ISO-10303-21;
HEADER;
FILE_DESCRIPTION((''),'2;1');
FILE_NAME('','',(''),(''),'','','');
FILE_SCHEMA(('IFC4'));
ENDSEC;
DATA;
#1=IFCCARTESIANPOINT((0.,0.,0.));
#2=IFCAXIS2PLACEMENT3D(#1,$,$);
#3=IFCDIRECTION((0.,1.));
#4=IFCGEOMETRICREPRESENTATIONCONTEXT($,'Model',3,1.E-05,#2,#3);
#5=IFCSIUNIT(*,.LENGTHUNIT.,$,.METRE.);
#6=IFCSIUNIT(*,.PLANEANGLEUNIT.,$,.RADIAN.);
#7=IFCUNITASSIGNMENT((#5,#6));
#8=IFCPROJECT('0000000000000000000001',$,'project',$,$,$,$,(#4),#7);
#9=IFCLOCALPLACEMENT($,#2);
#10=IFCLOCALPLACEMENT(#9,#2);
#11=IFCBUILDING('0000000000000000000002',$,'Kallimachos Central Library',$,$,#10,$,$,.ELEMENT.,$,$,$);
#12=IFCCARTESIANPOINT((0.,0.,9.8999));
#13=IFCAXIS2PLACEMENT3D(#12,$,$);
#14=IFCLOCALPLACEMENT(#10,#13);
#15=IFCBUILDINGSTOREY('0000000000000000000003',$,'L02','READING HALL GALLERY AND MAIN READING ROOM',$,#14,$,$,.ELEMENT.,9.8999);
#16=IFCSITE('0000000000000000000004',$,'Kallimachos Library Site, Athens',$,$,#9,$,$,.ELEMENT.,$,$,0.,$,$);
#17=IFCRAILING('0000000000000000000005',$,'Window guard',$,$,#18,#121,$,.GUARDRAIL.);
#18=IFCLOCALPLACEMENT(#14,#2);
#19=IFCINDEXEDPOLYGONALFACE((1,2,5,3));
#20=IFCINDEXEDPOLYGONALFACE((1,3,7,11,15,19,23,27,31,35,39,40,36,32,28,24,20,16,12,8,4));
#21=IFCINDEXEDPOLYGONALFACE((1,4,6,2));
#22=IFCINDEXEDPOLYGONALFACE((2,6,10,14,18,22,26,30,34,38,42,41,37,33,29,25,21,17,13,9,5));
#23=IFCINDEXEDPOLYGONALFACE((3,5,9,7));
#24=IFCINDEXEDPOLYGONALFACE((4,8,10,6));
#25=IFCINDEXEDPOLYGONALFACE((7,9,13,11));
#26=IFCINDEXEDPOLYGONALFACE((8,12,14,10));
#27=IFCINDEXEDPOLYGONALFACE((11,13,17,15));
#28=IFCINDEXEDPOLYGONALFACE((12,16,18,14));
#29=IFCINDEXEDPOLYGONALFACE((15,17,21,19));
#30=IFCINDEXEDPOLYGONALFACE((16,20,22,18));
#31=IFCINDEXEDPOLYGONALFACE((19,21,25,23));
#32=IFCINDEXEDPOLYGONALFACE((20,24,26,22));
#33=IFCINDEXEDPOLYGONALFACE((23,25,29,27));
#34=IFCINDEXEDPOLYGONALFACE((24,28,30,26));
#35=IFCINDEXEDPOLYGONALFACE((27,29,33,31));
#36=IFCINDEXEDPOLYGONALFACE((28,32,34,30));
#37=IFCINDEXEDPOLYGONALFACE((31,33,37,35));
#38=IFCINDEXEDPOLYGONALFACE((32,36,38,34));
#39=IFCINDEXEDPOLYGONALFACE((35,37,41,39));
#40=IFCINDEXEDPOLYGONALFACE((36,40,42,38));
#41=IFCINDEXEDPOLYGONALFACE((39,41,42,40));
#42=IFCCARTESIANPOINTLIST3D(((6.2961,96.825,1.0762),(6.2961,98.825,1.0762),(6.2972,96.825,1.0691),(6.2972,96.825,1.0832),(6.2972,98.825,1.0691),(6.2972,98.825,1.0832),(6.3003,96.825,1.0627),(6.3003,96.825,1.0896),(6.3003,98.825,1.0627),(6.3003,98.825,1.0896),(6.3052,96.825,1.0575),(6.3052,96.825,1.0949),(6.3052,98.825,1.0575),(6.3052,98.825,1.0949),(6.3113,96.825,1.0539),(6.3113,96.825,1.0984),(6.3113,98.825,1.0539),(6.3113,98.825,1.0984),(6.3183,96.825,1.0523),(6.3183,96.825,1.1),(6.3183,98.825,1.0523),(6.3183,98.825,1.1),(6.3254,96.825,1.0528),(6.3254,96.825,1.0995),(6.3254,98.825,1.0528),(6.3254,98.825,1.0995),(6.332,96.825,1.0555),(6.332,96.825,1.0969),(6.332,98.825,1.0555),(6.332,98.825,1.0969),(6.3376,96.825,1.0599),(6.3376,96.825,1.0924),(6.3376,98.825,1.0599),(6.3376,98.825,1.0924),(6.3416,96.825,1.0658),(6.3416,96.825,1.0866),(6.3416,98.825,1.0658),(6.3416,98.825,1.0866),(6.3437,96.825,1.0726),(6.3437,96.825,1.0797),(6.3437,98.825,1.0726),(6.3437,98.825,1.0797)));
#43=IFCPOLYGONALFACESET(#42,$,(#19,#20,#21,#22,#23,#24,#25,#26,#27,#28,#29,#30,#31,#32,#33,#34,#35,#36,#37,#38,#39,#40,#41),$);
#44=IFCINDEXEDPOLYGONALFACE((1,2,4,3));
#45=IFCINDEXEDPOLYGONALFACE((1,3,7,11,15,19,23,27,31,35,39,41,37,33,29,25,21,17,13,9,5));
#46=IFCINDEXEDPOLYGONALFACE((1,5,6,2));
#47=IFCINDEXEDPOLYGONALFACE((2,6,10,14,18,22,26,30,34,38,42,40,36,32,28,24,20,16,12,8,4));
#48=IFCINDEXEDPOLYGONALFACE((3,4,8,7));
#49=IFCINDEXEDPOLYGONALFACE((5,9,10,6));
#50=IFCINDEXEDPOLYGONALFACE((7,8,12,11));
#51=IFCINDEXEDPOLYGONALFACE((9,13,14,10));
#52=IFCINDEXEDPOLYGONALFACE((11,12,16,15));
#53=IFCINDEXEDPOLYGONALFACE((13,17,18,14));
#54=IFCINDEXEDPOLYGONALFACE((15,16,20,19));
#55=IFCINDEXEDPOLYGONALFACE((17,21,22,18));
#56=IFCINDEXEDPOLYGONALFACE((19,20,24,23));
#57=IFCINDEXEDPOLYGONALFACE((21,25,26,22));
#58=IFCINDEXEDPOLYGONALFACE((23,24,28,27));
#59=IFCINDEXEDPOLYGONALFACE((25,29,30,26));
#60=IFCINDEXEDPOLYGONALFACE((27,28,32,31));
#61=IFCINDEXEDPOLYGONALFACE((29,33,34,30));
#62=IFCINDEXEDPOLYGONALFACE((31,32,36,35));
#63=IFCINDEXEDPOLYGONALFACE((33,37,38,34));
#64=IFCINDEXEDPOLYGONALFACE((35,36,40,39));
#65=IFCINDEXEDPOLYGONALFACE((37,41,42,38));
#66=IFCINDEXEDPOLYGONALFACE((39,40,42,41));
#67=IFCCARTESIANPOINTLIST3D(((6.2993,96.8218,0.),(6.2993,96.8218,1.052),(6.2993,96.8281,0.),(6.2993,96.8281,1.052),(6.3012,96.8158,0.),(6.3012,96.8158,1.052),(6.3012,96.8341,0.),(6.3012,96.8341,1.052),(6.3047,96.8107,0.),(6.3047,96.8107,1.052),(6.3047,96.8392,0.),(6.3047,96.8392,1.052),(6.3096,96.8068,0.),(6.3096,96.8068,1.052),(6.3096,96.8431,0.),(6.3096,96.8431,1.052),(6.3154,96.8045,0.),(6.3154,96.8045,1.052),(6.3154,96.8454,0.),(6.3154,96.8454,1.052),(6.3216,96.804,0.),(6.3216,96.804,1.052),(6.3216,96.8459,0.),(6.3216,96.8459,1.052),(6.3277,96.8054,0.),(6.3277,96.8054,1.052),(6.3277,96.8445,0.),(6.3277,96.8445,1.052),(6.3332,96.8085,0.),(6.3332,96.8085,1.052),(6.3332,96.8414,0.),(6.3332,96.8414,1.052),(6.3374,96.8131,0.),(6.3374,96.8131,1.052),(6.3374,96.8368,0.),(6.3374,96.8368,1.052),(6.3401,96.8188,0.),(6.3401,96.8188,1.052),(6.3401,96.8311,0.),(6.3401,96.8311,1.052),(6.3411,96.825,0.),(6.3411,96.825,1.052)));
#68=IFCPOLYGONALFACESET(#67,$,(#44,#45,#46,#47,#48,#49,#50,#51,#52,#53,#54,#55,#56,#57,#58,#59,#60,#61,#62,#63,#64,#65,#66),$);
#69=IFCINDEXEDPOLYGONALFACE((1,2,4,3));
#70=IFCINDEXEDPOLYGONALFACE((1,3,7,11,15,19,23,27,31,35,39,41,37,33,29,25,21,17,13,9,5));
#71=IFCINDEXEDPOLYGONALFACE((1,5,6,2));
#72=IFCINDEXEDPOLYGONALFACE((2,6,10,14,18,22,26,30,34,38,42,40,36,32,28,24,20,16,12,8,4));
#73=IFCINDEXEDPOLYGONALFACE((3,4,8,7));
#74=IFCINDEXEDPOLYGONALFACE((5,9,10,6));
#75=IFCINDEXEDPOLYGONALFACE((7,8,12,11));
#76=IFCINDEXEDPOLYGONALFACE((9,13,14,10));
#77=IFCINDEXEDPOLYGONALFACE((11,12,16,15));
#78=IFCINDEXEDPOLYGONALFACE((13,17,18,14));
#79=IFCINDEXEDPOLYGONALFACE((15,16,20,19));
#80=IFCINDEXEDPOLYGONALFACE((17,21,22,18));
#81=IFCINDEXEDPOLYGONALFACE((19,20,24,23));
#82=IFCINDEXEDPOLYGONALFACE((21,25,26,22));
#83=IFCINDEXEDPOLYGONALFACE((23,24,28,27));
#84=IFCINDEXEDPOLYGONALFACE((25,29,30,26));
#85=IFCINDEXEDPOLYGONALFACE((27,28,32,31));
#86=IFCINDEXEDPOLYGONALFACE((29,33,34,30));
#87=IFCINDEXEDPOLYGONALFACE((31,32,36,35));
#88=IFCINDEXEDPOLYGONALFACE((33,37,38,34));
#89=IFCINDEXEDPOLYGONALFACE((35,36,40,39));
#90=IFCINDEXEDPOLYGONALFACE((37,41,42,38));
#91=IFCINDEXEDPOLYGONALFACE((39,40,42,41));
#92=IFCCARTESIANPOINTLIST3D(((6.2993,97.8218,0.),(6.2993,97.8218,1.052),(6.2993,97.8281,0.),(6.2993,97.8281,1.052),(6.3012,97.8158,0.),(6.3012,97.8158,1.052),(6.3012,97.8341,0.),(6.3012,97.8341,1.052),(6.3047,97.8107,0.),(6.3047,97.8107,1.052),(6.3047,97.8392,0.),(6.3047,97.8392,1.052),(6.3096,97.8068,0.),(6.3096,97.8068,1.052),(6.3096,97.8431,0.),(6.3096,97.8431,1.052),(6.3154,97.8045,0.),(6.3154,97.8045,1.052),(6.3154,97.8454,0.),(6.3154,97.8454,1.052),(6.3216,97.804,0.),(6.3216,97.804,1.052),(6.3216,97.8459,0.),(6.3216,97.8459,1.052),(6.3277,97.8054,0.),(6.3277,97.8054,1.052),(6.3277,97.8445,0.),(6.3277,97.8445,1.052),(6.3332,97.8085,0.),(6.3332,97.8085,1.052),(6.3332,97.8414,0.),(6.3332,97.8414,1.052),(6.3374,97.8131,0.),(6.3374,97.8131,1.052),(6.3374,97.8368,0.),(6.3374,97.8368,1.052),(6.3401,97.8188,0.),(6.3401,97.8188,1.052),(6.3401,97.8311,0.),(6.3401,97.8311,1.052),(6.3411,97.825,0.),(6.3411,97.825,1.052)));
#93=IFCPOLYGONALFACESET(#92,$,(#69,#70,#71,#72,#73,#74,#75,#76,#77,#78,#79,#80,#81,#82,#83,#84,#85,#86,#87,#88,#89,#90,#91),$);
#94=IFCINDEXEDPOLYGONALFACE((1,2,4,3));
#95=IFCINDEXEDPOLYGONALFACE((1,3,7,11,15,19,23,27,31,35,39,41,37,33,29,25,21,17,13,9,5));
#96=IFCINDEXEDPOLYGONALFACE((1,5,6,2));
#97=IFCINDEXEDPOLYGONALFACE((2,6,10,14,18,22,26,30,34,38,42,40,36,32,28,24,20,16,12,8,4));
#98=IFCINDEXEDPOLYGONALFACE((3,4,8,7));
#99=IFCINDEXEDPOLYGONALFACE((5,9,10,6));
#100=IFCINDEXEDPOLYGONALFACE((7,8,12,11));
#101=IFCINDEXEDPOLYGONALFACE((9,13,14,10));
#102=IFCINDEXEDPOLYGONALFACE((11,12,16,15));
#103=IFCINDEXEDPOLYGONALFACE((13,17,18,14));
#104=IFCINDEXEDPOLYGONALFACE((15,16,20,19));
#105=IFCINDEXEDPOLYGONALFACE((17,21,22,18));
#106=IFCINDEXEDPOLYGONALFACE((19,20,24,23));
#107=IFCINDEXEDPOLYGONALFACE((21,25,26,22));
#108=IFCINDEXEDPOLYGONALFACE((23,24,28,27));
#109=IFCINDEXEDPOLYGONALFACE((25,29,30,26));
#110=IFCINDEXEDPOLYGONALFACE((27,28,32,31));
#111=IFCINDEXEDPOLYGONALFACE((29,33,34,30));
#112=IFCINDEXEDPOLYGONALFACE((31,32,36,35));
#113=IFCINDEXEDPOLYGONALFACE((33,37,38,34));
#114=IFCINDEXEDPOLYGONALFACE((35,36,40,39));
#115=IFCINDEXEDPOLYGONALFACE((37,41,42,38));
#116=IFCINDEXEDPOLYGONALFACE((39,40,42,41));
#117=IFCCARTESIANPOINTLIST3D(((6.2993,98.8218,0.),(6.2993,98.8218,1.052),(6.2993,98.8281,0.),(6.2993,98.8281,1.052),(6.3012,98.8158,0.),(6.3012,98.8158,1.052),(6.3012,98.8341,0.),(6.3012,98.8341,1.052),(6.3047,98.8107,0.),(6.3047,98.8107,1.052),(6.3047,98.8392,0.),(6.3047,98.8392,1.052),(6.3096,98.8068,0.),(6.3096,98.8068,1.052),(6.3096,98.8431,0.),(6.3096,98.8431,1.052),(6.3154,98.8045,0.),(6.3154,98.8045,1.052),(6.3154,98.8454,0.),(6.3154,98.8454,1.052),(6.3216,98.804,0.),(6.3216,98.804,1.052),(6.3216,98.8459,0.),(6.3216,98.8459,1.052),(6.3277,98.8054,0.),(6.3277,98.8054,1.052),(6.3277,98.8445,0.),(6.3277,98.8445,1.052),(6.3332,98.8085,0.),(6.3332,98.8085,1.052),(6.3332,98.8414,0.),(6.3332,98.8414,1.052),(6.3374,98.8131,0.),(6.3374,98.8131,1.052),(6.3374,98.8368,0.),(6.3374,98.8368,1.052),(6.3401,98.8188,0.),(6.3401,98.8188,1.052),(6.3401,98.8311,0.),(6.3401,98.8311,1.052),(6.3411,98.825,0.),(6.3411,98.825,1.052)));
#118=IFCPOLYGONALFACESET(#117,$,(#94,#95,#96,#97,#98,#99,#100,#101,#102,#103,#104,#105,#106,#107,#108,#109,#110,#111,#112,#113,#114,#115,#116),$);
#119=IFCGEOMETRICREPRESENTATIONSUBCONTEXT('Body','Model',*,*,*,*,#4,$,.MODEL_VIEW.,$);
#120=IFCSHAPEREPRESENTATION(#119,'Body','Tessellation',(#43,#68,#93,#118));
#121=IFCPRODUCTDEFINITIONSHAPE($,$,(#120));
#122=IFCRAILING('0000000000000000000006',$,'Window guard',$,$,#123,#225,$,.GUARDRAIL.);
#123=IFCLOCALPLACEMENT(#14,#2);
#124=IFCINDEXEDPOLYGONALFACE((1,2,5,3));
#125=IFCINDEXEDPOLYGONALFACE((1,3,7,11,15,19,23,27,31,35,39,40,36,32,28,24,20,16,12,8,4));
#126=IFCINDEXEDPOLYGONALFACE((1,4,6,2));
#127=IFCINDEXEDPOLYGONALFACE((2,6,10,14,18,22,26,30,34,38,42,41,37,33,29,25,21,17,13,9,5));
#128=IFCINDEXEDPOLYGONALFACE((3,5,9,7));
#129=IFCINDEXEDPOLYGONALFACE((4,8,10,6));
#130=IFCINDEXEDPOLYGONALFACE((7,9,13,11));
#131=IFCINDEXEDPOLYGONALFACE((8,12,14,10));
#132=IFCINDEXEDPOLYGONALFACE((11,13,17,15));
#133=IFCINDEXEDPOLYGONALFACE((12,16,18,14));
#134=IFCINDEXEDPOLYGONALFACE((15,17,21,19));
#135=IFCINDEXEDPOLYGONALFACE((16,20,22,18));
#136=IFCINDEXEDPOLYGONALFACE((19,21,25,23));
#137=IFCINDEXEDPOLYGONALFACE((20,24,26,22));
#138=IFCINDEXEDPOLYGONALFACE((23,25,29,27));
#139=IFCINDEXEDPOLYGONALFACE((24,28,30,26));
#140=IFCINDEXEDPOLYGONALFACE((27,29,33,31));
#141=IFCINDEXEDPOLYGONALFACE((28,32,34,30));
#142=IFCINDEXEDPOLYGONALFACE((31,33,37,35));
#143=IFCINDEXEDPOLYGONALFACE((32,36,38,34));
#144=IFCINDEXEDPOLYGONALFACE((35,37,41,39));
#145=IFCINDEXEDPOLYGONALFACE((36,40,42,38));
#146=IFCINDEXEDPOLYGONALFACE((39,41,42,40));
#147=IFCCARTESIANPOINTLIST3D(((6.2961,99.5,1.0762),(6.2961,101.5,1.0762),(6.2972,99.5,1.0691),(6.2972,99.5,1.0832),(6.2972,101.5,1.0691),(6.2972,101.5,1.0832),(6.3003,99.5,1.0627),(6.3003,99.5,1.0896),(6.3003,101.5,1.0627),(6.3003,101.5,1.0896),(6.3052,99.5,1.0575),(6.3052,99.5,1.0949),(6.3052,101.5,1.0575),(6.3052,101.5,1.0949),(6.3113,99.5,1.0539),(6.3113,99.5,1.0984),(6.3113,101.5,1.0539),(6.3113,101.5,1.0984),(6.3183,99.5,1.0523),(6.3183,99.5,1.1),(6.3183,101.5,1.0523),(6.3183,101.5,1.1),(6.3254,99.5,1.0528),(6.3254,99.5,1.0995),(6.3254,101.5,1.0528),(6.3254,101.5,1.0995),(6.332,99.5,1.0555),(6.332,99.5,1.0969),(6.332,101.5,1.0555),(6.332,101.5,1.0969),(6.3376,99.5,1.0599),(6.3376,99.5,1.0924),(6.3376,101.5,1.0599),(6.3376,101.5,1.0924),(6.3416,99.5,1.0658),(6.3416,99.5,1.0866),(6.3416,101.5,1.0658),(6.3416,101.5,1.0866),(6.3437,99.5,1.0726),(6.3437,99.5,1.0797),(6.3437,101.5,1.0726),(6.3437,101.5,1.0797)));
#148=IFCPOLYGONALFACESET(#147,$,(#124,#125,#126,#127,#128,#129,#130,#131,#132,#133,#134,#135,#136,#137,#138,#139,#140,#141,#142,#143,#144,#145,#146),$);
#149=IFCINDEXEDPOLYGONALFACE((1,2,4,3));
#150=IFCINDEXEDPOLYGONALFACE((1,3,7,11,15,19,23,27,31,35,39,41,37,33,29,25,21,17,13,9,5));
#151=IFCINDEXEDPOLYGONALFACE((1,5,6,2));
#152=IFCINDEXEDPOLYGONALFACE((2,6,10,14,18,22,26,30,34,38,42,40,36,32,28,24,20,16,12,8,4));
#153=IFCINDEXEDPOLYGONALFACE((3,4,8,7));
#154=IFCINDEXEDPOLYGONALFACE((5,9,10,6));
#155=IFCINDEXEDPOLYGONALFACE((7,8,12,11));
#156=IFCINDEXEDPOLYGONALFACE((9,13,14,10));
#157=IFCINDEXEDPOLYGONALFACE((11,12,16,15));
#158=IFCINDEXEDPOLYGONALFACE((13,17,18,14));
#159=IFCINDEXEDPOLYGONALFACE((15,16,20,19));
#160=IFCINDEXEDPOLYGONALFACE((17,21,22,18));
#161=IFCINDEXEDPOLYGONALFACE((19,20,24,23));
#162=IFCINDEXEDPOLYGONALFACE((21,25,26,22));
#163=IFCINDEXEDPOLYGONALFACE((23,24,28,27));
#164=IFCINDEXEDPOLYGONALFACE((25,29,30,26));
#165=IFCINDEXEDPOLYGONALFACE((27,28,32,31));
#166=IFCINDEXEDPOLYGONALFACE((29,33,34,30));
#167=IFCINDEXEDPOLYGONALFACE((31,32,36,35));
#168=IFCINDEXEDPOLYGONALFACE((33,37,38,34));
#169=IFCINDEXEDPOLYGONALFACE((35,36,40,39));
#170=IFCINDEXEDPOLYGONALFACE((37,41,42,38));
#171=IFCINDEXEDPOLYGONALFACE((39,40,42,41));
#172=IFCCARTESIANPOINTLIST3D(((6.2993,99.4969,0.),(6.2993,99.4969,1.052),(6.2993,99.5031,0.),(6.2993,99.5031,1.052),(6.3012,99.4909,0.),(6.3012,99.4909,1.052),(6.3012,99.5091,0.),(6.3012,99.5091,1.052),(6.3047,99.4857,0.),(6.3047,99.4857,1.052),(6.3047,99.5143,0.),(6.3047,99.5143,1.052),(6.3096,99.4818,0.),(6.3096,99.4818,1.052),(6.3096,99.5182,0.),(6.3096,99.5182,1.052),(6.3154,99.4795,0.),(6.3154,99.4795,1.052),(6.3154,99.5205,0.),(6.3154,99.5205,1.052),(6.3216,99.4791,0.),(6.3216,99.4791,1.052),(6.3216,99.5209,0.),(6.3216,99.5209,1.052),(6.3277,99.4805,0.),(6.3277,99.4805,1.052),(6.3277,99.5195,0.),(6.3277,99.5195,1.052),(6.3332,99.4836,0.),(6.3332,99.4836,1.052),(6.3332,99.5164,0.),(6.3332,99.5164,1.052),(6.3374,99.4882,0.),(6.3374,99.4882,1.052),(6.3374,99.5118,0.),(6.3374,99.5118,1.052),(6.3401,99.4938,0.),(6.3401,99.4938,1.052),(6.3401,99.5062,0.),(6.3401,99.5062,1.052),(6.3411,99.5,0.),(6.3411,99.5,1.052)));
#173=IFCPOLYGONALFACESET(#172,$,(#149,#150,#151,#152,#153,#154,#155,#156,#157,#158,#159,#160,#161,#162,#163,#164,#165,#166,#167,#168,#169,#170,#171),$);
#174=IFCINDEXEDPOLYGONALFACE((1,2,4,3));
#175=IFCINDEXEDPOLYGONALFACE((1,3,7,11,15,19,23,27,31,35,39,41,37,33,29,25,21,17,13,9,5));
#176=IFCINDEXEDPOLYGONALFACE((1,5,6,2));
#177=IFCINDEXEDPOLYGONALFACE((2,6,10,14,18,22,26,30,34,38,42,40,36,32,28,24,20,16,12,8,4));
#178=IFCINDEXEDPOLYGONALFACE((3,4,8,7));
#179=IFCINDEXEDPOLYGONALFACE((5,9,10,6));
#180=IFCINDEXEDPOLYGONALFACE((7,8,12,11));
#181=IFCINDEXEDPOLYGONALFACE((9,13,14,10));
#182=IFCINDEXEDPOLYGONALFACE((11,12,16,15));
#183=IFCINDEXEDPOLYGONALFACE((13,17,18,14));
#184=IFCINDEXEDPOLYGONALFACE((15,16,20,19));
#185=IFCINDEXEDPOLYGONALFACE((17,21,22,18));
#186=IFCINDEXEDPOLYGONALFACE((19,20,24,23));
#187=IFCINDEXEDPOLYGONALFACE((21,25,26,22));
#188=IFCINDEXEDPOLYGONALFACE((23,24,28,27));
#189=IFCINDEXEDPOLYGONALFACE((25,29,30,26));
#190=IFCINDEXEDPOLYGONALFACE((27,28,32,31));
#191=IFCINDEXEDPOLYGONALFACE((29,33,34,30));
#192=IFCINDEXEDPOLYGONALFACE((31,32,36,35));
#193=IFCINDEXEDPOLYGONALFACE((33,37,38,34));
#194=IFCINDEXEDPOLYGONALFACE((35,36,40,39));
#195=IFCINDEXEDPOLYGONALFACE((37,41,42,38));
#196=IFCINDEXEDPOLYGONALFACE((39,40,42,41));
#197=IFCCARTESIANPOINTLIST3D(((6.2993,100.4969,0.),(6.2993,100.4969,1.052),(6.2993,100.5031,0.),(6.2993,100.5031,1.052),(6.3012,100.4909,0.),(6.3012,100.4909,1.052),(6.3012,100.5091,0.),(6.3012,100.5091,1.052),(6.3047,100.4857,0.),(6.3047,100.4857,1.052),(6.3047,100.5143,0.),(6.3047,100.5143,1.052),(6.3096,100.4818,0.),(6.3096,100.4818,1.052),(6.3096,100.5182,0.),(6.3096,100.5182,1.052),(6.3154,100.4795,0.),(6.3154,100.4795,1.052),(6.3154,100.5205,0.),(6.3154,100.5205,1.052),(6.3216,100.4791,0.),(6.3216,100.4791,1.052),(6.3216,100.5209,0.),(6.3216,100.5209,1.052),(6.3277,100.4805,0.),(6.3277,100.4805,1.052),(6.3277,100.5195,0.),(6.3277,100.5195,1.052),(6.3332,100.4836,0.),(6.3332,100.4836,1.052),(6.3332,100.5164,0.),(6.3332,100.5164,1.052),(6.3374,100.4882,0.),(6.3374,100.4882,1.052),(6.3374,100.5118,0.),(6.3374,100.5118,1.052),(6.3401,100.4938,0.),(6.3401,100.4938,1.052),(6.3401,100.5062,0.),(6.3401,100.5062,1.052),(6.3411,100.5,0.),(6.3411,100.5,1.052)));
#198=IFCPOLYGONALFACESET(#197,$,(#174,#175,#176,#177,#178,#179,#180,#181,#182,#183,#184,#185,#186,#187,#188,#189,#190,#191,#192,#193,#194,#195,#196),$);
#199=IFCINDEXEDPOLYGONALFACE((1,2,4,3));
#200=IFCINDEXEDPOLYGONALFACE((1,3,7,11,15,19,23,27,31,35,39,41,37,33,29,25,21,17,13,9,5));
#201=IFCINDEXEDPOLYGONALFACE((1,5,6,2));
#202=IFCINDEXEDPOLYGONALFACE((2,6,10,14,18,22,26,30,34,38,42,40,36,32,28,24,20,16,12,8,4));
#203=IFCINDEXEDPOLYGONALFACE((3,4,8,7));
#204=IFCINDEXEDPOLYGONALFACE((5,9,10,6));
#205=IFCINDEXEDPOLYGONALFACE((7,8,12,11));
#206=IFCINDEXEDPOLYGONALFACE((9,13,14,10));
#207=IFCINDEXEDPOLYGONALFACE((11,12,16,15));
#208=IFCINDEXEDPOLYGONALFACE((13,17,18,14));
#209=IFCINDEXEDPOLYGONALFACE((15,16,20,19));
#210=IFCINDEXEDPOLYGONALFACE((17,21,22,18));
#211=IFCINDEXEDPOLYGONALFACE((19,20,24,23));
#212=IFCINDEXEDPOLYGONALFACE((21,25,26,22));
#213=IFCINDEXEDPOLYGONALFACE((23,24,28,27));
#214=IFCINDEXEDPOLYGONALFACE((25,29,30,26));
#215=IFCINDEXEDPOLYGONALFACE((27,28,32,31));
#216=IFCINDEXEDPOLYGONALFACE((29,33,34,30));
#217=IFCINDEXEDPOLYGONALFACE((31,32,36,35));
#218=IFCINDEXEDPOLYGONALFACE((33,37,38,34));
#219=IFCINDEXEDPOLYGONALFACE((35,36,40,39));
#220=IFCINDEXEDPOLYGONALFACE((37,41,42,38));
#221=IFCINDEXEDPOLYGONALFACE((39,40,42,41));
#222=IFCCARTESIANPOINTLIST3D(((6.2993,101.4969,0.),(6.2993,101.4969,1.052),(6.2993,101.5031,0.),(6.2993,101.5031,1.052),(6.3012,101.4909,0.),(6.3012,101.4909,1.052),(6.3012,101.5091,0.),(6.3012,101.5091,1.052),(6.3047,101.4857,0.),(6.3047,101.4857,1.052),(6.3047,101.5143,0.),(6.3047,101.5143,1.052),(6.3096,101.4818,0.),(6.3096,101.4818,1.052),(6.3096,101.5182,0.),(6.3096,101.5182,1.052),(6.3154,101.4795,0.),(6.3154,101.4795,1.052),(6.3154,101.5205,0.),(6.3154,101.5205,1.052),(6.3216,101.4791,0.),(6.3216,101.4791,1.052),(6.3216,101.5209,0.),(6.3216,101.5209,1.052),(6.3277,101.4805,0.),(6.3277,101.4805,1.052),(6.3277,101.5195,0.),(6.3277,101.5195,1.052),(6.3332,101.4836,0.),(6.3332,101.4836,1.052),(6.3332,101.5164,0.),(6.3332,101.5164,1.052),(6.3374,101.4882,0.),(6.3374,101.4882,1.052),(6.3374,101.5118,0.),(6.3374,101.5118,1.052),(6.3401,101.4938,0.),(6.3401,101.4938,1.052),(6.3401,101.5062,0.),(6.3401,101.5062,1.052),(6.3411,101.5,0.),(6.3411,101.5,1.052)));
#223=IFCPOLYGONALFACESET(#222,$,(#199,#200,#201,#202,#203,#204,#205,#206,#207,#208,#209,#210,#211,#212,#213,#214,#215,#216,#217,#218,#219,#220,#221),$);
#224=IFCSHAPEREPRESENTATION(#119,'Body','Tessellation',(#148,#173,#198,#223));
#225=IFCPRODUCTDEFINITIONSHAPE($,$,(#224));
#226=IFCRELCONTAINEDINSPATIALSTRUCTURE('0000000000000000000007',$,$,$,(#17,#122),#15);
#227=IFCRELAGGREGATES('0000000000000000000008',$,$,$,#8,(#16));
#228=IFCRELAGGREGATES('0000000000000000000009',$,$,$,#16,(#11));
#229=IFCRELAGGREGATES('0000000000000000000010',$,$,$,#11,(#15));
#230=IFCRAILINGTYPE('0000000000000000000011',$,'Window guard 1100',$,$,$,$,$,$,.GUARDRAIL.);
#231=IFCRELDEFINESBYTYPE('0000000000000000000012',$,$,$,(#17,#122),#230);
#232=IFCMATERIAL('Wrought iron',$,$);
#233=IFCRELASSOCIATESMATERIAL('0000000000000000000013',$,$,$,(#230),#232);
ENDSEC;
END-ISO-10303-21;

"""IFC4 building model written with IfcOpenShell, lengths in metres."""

from ifc_helpers import new_model, si_unit, direction, frame, origin, origin_2d, place, context, subcontext, project, spatial, circle, extrude, material, type_object, element, save


model = new_model("IFC4")

# Units and contexts
model_context = context("Model", 3, precision=1e-05, world=origin(), true_north=direction((0.0, 1.0)))
body_context = subcontext(model_context, "Body", "Model", "MODEL_VIEW")
ifc_project = project(units=[si_unit("LENGTHUNIT", "METRE"), si_unit("PLANEANGLEUNIT", "RADIAN")], contexts=[model_context])

# Site, building, storey
site_placement = place(None, origin())
site = spatial("IfcSite", under=ifc_project, at=site_placement, Name="Kallimachos Library Site, Athens", CompositionType="ELEMENT", RefElevation=0.0)
building_placement = place(site_placement, origin())
building = spatial("IfcBuilding", under=site, at=building_placement, Name="Kallimachos Central Library", CompositionType="ELEMENT")
storey_placement = place(building_placement, frame((0.0, 0.0, 9.8999)))
storey = spatial("IfcBuildingStorey", under=building, at=storey_placement, Name="L02", Description="READING HALL GALLERY AND MAIN READING ROOM", CompositionType="ELEMENT", Elevation=9.8999)

# Railings
ifc_material_1 = material(Name="Wrought iron")
railing_type = type_object("IfcRailingType", Name="Window guard 1100", PredefinedType="GUARDRAIL", material=ifc_material_1)
for number, where, name in (
    (1, (6.3201, 96.825, 0.0), "Window guard"),
    (2, (6.3201, 99.5, 0.0), "Window guard"),
):
    element("IfcRailing", number, at=place(storey_placement, frame(where)), inside=storey, type_object=railing_type, Name=name, PredefinedType="GUARDRAIL", context=body_context, shape_type="SweptSolid", body=[
        extrude(circle(Radius=0.0239, at=origin_2d()), frame((0.0, 0.0, 1.0762), z_axis=(0.0, 1.0, 0.0), x_axis=(-1.0, 0.0, 0.0)), (0.0, 0.0, 1.0), 2.0),
        extrude(circle(Radius=0.021, at=origin_2d()), origin(), (0.0, 0.0, 1.0), 1.052),
        extrude(circle(Radius=0.021, at=origin_2d()), frame((0.0, 1.0, 0.0)), (0.0, 0.0, 1.0), 1.052),
        extrude(circle(Radius=0.021, at=origin_2d()), frame((0.0, 2.0, 0.0)), (0.0, 0.0, 1.0), 1.052),
    ])

save(model, "model.ifc")
